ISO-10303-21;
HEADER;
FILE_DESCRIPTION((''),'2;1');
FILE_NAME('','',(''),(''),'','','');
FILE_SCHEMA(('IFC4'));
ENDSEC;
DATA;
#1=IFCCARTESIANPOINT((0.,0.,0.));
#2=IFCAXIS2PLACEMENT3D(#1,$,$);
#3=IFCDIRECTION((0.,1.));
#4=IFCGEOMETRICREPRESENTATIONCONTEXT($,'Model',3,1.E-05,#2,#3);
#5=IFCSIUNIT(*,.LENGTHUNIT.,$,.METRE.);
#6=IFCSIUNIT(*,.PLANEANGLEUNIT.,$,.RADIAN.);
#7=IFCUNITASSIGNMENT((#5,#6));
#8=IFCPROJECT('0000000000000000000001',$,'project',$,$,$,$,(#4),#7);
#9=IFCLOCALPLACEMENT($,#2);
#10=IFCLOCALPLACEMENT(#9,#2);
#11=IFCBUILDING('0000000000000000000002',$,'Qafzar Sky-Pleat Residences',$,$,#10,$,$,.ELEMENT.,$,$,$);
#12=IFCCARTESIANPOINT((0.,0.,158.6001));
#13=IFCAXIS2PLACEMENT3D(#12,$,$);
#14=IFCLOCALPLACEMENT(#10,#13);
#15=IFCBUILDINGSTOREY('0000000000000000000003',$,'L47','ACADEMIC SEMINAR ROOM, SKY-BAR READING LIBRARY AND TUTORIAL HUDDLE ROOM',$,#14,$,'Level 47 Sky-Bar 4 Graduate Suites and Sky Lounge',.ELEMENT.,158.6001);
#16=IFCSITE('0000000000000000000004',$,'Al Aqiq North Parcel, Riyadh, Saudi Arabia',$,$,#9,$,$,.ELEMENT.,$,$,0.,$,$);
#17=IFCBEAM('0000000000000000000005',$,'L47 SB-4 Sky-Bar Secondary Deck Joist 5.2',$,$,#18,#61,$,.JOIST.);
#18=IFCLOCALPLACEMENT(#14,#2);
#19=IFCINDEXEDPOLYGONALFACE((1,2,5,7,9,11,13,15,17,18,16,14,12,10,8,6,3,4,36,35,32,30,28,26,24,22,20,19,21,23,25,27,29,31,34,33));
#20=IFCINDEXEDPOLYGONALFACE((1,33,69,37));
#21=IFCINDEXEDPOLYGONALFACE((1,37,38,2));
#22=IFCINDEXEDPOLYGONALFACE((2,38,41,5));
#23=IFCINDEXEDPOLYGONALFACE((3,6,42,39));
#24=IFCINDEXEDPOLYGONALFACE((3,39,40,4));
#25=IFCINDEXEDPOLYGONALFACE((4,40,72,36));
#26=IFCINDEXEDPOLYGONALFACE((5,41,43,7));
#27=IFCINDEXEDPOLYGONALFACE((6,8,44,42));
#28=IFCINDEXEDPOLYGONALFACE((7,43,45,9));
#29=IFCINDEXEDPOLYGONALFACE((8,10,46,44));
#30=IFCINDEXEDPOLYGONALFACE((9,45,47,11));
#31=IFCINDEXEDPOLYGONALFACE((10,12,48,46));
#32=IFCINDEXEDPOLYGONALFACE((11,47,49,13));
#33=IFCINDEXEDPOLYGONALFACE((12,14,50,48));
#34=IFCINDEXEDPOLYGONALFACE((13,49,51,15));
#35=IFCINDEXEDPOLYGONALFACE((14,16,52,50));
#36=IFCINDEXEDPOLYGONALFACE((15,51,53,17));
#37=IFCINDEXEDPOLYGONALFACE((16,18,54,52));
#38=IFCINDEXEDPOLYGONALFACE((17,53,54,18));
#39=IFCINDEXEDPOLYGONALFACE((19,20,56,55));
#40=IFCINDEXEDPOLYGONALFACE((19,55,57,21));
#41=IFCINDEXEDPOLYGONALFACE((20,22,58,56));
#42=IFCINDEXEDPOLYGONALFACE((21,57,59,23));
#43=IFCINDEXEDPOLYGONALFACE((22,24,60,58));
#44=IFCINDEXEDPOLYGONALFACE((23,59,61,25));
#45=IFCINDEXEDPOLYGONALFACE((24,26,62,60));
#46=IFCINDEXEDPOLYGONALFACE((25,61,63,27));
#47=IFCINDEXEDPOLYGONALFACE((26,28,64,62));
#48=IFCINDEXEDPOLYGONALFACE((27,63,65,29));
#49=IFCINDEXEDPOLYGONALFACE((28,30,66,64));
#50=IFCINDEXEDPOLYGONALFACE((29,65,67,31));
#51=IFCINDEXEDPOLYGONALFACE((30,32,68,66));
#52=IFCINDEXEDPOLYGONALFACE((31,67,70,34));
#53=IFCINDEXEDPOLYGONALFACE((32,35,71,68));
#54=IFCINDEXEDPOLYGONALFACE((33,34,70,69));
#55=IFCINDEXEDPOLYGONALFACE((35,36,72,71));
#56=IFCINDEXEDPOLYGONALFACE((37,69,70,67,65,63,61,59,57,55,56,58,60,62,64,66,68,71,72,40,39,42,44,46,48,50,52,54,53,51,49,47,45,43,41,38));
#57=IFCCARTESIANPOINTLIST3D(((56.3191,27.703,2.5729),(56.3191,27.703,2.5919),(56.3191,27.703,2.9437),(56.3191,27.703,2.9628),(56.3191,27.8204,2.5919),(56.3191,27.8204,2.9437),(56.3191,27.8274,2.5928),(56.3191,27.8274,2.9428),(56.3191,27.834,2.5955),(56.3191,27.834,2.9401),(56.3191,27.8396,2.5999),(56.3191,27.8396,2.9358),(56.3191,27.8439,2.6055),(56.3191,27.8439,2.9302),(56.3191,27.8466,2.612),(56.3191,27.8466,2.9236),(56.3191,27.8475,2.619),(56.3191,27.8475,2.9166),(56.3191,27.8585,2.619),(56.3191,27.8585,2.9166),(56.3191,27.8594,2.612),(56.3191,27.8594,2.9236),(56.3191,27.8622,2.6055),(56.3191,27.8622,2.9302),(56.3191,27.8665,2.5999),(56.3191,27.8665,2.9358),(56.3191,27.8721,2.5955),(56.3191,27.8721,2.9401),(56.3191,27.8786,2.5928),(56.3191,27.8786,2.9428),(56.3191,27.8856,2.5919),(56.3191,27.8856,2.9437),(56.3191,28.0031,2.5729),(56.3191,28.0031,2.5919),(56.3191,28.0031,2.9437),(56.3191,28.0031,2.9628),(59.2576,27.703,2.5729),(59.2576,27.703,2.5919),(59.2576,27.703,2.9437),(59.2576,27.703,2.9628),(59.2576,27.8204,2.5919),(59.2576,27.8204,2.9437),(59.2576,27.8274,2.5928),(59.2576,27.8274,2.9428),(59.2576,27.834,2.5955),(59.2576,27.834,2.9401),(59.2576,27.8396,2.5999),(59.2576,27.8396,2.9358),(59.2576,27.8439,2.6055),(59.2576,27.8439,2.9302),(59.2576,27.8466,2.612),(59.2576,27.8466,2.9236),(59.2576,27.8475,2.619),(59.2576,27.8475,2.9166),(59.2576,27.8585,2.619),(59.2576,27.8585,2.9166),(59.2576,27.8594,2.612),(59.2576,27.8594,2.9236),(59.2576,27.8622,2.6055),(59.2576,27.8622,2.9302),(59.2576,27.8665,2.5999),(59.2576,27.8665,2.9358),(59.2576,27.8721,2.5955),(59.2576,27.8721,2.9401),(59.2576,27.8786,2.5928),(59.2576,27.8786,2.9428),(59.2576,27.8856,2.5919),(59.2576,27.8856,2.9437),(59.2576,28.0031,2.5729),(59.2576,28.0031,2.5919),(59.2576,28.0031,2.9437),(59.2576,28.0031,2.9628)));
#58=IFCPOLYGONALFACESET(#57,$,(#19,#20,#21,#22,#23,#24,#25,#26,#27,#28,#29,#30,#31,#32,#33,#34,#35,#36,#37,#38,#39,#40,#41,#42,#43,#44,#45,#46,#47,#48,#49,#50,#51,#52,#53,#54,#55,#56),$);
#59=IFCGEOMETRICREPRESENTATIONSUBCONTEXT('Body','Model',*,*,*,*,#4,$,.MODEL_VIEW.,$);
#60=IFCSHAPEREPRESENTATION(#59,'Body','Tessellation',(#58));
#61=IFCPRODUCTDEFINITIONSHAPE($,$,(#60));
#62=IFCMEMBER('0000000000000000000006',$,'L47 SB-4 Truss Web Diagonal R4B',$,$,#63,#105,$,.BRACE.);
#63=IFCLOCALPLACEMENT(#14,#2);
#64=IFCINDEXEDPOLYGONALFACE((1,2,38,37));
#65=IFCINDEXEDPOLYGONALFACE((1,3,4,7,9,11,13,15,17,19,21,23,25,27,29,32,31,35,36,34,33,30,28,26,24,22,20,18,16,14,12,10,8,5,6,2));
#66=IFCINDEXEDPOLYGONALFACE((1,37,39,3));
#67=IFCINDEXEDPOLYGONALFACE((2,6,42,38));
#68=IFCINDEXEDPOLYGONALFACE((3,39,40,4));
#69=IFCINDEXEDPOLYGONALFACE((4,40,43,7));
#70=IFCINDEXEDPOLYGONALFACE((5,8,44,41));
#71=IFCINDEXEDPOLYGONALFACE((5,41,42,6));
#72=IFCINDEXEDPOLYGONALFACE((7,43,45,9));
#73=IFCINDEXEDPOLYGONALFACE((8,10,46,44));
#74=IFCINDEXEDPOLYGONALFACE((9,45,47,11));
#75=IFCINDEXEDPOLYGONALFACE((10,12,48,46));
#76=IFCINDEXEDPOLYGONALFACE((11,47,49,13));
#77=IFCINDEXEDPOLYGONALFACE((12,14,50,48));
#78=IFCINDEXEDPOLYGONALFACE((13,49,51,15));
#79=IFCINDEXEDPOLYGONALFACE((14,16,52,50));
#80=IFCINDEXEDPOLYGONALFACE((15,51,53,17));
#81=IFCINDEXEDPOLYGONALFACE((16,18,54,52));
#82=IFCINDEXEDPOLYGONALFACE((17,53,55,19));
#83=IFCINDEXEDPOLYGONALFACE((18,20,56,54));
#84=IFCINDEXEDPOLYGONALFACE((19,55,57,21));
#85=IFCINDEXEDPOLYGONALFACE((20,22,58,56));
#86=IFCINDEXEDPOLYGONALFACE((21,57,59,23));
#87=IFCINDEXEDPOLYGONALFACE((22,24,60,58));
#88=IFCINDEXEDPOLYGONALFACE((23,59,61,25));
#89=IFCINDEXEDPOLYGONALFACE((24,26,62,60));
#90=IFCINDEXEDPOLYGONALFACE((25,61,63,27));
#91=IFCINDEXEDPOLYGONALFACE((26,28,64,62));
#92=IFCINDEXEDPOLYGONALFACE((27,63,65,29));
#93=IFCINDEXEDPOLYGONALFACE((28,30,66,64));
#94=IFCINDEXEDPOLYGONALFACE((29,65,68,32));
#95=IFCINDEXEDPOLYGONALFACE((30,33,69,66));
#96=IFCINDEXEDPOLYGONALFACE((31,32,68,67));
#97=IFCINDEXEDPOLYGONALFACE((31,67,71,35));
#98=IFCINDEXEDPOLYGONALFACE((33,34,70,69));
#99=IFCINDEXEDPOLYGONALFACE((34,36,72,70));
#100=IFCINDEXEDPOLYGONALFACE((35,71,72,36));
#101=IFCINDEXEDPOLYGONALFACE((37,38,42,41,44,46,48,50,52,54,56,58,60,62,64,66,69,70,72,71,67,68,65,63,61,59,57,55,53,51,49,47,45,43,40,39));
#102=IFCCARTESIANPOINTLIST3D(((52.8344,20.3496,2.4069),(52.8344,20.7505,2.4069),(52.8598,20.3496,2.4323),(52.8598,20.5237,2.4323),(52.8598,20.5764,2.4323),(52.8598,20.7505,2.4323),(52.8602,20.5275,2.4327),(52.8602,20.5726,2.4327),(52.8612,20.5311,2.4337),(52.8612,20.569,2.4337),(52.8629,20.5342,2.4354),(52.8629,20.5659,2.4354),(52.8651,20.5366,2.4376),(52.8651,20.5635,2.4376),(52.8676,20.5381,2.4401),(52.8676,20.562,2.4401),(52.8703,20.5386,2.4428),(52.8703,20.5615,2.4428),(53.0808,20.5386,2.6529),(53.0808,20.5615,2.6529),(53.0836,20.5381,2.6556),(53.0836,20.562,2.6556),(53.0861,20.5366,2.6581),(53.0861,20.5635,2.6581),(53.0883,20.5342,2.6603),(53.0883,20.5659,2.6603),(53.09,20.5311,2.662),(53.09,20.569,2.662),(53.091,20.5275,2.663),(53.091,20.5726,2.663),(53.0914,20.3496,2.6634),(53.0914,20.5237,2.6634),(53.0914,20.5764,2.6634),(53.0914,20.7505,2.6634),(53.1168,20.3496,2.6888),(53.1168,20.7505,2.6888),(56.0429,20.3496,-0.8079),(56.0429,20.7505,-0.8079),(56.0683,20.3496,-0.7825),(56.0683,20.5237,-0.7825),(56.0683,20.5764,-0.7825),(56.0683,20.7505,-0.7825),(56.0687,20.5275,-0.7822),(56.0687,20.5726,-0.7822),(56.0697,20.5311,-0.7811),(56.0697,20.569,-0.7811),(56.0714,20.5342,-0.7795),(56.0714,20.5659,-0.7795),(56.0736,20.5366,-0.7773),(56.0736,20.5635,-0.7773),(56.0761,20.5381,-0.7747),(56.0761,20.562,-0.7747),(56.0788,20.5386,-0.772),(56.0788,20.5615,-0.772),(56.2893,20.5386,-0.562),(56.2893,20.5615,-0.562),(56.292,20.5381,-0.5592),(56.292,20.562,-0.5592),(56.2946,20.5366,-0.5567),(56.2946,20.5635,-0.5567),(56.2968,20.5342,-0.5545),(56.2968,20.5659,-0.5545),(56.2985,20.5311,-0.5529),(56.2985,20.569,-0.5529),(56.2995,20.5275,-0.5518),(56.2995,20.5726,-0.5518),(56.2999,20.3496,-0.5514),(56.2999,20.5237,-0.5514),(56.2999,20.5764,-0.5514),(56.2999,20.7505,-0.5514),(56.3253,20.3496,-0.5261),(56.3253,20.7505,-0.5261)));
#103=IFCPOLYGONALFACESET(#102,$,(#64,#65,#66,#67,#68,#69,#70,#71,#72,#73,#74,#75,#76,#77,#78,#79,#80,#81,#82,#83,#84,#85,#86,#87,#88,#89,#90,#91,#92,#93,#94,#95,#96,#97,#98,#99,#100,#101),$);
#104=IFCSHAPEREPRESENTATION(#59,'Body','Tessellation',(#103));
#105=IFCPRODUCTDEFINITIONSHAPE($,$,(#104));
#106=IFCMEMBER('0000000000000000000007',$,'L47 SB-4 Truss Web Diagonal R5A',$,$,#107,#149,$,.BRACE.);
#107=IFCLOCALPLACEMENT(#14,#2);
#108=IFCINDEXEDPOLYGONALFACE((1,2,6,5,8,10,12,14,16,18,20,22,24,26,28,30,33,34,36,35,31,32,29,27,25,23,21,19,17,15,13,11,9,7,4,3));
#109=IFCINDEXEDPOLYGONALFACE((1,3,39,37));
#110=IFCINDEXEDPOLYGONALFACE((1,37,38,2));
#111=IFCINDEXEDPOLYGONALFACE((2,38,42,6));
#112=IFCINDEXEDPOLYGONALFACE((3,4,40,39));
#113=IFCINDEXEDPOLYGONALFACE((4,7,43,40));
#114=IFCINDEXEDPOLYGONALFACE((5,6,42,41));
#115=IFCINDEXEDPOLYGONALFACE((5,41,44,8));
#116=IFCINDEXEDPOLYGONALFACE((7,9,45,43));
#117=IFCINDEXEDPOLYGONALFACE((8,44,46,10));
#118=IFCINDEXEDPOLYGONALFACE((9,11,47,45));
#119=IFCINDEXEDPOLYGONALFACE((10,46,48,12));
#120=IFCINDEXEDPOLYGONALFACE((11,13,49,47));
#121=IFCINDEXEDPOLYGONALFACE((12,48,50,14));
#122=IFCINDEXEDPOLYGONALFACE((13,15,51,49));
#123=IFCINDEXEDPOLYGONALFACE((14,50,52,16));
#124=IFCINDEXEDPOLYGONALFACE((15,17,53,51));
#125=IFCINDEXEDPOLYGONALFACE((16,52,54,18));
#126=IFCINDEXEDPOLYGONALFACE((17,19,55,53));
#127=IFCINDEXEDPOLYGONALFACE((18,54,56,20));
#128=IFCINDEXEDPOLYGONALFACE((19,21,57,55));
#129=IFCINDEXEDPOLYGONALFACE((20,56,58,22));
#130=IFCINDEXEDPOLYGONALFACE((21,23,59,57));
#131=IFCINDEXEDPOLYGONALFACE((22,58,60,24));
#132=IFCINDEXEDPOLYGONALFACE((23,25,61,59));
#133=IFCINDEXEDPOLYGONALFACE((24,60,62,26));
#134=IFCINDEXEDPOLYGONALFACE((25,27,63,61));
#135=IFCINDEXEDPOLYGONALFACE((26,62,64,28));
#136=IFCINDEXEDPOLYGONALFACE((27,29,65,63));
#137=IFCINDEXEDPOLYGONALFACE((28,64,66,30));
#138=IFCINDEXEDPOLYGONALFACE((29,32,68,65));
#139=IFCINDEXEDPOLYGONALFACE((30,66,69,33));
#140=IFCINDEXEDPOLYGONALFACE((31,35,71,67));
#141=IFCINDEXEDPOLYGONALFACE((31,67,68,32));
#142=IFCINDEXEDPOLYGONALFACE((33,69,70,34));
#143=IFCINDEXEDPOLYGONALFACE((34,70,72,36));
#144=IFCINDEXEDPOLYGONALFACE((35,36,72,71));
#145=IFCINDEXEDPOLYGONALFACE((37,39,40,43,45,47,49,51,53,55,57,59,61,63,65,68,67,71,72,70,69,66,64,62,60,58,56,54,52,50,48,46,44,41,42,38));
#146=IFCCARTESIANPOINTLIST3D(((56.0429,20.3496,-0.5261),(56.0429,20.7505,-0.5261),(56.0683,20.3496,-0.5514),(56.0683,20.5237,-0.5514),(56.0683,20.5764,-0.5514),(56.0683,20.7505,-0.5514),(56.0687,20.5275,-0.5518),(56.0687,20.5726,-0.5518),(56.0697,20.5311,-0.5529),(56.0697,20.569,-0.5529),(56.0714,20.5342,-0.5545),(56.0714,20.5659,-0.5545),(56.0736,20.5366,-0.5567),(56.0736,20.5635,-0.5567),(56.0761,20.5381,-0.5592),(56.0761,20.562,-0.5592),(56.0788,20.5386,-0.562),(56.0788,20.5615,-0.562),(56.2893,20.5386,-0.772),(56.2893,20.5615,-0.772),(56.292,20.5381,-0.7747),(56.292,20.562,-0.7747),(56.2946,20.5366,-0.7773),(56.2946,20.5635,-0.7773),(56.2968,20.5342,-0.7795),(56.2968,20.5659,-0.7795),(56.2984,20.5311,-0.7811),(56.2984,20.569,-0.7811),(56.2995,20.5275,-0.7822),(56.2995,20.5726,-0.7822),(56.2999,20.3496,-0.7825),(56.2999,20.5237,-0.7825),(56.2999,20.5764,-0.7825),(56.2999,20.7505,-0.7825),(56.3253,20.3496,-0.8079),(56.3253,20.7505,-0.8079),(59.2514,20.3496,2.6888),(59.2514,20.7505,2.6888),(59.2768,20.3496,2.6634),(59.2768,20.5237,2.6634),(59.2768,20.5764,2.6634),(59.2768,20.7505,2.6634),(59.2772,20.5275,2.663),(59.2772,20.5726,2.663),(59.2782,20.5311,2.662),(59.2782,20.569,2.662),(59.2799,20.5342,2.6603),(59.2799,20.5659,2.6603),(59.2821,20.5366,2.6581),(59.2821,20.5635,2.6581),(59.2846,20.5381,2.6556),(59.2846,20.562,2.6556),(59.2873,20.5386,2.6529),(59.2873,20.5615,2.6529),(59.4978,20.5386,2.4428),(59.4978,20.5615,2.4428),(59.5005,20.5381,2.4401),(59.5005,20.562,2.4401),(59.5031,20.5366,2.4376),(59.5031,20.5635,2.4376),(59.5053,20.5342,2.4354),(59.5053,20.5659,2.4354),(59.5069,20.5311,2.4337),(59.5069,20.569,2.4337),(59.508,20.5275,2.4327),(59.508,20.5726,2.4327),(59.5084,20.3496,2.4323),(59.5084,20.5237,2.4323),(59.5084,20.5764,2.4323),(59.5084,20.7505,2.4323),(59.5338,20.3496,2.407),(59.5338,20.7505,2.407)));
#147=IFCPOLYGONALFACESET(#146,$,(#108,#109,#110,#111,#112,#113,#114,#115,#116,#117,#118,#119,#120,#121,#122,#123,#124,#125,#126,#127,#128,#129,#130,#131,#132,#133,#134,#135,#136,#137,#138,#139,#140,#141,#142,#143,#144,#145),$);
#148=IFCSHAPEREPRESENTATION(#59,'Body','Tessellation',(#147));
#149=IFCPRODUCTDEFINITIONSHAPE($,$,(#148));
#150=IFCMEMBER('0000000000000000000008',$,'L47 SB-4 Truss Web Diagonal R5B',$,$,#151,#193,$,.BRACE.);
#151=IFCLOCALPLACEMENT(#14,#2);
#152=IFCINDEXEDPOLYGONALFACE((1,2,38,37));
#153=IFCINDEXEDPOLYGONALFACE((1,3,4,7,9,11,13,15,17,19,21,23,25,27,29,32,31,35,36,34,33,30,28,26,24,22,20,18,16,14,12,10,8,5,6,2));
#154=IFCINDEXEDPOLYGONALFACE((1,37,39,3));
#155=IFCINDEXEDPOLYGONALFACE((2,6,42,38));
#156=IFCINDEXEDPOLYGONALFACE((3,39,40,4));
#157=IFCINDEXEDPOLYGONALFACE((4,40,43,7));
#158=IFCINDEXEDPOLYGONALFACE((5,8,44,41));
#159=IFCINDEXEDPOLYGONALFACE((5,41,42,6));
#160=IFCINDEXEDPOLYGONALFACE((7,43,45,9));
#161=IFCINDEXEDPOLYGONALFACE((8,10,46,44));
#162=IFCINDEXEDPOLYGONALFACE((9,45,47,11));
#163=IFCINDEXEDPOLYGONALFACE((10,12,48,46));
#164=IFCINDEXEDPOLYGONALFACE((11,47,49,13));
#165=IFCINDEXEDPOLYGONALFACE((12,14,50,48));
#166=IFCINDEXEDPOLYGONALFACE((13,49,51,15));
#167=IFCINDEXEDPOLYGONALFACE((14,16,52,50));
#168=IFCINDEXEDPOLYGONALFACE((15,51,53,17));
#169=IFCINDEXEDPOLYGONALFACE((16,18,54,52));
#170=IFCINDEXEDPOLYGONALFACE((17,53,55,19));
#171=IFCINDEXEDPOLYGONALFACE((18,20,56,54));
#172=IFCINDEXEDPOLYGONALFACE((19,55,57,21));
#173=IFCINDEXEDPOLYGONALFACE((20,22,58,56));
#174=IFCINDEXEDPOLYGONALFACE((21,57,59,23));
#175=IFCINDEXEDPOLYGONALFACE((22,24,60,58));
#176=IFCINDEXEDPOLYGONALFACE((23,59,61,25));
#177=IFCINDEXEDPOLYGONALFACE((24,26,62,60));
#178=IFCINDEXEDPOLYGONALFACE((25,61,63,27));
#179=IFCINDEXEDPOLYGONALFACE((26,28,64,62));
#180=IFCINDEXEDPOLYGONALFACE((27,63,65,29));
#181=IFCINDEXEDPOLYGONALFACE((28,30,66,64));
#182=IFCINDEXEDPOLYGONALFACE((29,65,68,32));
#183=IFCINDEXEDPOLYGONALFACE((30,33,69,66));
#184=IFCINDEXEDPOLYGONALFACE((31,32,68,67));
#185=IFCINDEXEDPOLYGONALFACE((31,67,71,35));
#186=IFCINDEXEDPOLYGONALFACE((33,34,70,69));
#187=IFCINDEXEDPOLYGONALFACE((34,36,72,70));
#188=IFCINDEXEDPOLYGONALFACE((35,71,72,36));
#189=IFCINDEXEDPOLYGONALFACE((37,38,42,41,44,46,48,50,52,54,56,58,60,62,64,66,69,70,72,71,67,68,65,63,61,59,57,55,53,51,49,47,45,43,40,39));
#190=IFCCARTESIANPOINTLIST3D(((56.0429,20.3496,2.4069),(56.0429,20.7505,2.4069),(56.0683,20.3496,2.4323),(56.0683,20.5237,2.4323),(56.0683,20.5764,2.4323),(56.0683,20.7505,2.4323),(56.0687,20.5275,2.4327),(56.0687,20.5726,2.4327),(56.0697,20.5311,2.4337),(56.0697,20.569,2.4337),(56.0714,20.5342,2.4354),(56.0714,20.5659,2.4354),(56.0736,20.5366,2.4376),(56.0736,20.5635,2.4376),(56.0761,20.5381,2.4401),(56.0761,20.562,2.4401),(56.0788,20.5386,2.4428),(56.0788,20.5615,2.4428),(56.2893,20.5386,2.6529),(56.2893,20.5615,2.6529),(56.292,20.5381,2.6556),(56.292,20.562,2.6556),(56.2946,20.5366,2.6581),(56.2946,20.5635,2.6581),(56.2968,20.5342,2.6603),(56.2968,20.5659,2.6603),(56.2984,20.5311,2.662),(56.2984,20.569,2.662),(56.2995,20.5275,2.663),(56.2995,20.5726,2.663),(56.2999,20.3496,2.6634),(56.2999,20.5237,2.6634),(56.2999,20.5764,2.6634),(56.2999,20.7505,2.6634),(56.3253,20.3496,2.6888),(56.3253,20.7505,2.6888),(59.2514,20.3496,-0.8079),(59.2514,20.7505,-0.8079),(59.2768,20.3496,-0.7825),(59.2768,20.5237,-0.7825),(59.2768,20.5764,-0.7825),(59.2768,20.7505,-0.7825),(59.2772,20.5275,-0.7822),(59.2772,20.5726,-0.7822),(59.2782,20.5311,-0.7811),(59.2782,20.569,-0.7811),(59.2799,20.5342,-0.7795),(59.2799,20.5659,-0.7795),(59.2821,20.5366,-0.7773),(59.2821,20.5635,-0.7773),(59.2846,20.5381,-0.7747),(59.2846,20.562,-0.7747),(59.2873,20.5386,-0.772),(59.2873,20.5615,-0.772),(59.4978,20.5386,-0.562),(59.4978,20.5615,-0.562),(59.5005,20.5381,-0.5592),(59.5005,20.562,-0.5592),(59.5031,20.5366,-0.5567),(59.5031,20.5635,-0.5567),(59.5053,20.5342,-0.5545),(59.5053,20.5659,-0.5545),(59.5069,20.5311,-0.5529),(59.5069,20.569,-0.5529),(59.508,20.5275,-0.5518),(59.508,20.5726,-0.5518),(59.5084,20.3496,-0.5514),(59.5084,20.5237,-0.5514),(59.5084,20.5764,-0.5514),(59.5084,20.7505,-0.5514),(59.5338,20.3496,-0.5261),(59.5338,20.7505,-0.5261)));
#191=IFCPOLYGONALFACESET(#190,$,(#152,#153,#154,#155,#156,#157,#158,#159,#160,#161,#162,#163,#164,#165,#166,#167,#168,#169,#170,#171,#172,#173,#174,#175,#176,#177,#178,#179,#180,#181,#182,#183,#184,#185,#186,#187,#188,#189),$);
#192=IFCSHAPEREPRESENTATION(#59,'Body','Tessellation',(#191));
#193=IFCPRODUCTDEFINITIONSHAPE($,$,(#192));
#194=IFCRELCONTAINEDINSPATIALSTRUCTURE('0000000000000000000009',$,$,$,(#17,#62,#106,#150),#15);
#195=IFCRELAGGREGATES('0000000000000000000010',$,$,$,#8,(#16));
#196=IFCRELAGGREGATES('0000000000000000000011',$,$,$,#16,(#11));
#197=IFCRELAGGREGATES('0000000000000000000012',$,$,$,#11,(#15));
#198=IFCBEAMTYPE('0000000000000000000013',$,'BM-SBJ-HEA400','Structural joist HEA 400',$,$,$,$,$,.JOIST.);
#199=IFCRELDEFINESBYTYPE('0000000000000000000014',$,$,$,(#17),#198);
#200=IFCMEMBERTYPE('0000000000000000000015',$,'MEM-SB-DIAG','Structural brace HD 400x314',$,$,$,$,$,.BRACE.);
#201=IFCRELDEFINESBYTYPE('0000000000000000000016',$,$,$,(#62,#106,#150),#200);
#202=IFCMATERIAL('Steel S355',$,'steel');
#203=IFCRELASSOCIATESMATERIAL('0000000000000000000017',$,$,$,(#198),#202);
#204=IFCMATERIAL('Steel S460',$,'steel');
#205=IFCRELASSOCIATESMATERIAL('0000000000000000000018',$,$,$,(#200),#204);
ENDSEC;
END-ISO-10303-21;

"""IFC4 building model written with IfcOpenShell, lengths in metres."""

from ifc_helpers import new_model, si_unit, direction, frame, origin, origin_2d, place, context, subcontext, project, spatial, i_section, extrude, source, transform, mapped, material, material_profile, profile_set, type_object, element, save


model = new_model("IFC4")

# Units and contexts
model_context = context("Model", 3, precision=1e-05, world=origin(), true_north=direction((0.0, 1.0)))
body_context = subcontext(model_context, "Body", "Model", "MODEL_VIEW")
ifc_project = project(units=[si_unit("LENGTHUNIT", "METRE"), si_unit("PLANEANGLEUNIT", "RADIAN")], contexts=[model_context])

# Site, building, storey
site_placement = place(None, origin())
site = spatial("IfcSite", under=ifc_project, at=site_placement, Name="Al Aqiq North Parcel, Riyadh, Saudi Arabia", CompositionType="ELEMENT", RefElevation=0.0)
building_placement = place(site_placement, origin())
building = spatial("IfcBuilding", under=site, at=building_placement, Name="Qafzar Sky-Pleat Residences", CompositionType="ELEMENT")
storey_placement = place(building_placement, frame((0.0, 0.0, 158.6001)))
storey = spatial("IfcBuildingStorey", under=building, at=storey_placement, Name="L47", Description="ACADEMIC SEMINAR ROOM, SKY-BAR READING LIBRARY AND TUTORIAL HUDDLE ROOM", LongName="Level 47 Sky-Bar 4 Graduate Suites and Sky Lounge", CompositionType="ELEMENT", Elevation=158.6001)

# Beam
ifc_material_1 = material(Name="Steel S460", Category="steel")
ifc_material_2 = material(Name="Steel S355", Category="steel")
ifc_material_profile_1 = material_profile(ifc_material_2, i_section(OverallWidth=0.3, OverallDepth=0.3899, WebThickness=0.011, FlangeThickness=0.019, FilletRadius=0.0271, at=origin_2d()), Name="HEA 400")
ifc_profile_set_1 = profile_set([ifc_material_profile_1], Name="Steel S355")
beam_type_1 = type_object("IfcBeamType", Name="BM-SBJ-HEA400", Description="Structural joist HEA 400", PredefinedType="JOIST", material=ifc_profile_set_1)
shared_shape_1 = source(origin(), body_context, "Body", "SweptSolid", [
    extrude(i_section(OverallWidth=0.3, OverallDepth=0.3899, WebThickness=0.011, FlangeThickness=0.019, FilletRadius=0.0271, at=origin_2d()), origin(), (0.0, 0.0, 1.0), 2.9385),
])
for number, where, z_axis, x_axis, name in (
    (1, (56.3191, 27.853, 2.7678), (1.0, 0.0, 0.0), (0.0, 1.0, 0.0), "L47 SB-4 Sky-Bar Secondary Deck Joist 5.2"),
):
    element("IfcBeam", number, at=place(storey_placement, frame(where, z_axis=z_axis, x_axis=x_axis)), inside=storey, type_object=beam_type_1, Name=name, PredefinedType="JOIST", context=body_context, shape_type="MappedRepresentation", body=[
        mapped(shared_shape_1, transform((0.0, 0.0, 0.0), x_axis=(1.0, 0.0, 0.0), y_axis=(0.0, 1.0, 0.0), z_axis=(0.0, 0.0, 1.0), scale=1.0)),
    ])

# Members
ifc_material_profile_2 = material_profile(ifc_material_1, i_section(OverallWidth=0.4009, OverallDepth=0.3989, WebThickness=0.0229, FlangeThickness=0.0359, FilletRadius=0.0149, at=origin_2d()), Name="HD 400x314")
ifc_profile_set_2 = profile_set([ifc_material_profile_2], Name="Steel S460")
member_type_1 = type_object("IfcMemberType", Name="MEM-SB-DIAG", Description="Structural brace HD 400x314", PredefinedType="BRACE", material=ifc_profile_set_2)
shared_shape_2 = source(origin(), body_context, "Body", "SweptSolid", [
    extrude(i_section(OverallWidth=0.4009, OverallDepth=0.3989, WebThickness=0.0229, FlangeThickness=0.0359, FilletRadius=0.0149, at=origin_2d()), origin(), (0.0, 0.0, 1.0), 4.542),
])
for number, where, z_axis, x_axis, name in (
    (2, (52.9756, 20.55, 2.5479), (0.706408, 0.0, -0.707805), (0.0, 1.0, 0.0), "L47 SB-4 Truss Web Diagonal R4B"),
    (3, (56.1841, 20.55, -0.667), (0.706408, 0.0, 0.707805), (0.0, 1.0, 0.0), "L47 SB-4 Truss Web Diagonal R5A"),
    (4, (56.1841, 20.55, 2.5479), (0.706408, 0.0, -0.707805), (0.0, 1.0, 0.0), "L47 SB-4 Truss Web Diagonal R5B"),
):
    element("IfcMember", number, at=place(storey_placement, frame(where, z_axis=z_axis, x_axis=x_axis)), inside=storey, type_object=member_type_1, Name=name, PredefinedType="BRACE", context=body_context, shape_type="MappedRepresentation", body=[
        mapped(shared_shape_2, transform((0.0, 0.0, 0.0), x_axis=(1.0, 0.0, 0.0), y_axis=(0.0, 1.0, 0.0), z_axis=(0.0, 0.0, 1.0), scale=1.0)),
    ])

save(model, "model.ifc")
